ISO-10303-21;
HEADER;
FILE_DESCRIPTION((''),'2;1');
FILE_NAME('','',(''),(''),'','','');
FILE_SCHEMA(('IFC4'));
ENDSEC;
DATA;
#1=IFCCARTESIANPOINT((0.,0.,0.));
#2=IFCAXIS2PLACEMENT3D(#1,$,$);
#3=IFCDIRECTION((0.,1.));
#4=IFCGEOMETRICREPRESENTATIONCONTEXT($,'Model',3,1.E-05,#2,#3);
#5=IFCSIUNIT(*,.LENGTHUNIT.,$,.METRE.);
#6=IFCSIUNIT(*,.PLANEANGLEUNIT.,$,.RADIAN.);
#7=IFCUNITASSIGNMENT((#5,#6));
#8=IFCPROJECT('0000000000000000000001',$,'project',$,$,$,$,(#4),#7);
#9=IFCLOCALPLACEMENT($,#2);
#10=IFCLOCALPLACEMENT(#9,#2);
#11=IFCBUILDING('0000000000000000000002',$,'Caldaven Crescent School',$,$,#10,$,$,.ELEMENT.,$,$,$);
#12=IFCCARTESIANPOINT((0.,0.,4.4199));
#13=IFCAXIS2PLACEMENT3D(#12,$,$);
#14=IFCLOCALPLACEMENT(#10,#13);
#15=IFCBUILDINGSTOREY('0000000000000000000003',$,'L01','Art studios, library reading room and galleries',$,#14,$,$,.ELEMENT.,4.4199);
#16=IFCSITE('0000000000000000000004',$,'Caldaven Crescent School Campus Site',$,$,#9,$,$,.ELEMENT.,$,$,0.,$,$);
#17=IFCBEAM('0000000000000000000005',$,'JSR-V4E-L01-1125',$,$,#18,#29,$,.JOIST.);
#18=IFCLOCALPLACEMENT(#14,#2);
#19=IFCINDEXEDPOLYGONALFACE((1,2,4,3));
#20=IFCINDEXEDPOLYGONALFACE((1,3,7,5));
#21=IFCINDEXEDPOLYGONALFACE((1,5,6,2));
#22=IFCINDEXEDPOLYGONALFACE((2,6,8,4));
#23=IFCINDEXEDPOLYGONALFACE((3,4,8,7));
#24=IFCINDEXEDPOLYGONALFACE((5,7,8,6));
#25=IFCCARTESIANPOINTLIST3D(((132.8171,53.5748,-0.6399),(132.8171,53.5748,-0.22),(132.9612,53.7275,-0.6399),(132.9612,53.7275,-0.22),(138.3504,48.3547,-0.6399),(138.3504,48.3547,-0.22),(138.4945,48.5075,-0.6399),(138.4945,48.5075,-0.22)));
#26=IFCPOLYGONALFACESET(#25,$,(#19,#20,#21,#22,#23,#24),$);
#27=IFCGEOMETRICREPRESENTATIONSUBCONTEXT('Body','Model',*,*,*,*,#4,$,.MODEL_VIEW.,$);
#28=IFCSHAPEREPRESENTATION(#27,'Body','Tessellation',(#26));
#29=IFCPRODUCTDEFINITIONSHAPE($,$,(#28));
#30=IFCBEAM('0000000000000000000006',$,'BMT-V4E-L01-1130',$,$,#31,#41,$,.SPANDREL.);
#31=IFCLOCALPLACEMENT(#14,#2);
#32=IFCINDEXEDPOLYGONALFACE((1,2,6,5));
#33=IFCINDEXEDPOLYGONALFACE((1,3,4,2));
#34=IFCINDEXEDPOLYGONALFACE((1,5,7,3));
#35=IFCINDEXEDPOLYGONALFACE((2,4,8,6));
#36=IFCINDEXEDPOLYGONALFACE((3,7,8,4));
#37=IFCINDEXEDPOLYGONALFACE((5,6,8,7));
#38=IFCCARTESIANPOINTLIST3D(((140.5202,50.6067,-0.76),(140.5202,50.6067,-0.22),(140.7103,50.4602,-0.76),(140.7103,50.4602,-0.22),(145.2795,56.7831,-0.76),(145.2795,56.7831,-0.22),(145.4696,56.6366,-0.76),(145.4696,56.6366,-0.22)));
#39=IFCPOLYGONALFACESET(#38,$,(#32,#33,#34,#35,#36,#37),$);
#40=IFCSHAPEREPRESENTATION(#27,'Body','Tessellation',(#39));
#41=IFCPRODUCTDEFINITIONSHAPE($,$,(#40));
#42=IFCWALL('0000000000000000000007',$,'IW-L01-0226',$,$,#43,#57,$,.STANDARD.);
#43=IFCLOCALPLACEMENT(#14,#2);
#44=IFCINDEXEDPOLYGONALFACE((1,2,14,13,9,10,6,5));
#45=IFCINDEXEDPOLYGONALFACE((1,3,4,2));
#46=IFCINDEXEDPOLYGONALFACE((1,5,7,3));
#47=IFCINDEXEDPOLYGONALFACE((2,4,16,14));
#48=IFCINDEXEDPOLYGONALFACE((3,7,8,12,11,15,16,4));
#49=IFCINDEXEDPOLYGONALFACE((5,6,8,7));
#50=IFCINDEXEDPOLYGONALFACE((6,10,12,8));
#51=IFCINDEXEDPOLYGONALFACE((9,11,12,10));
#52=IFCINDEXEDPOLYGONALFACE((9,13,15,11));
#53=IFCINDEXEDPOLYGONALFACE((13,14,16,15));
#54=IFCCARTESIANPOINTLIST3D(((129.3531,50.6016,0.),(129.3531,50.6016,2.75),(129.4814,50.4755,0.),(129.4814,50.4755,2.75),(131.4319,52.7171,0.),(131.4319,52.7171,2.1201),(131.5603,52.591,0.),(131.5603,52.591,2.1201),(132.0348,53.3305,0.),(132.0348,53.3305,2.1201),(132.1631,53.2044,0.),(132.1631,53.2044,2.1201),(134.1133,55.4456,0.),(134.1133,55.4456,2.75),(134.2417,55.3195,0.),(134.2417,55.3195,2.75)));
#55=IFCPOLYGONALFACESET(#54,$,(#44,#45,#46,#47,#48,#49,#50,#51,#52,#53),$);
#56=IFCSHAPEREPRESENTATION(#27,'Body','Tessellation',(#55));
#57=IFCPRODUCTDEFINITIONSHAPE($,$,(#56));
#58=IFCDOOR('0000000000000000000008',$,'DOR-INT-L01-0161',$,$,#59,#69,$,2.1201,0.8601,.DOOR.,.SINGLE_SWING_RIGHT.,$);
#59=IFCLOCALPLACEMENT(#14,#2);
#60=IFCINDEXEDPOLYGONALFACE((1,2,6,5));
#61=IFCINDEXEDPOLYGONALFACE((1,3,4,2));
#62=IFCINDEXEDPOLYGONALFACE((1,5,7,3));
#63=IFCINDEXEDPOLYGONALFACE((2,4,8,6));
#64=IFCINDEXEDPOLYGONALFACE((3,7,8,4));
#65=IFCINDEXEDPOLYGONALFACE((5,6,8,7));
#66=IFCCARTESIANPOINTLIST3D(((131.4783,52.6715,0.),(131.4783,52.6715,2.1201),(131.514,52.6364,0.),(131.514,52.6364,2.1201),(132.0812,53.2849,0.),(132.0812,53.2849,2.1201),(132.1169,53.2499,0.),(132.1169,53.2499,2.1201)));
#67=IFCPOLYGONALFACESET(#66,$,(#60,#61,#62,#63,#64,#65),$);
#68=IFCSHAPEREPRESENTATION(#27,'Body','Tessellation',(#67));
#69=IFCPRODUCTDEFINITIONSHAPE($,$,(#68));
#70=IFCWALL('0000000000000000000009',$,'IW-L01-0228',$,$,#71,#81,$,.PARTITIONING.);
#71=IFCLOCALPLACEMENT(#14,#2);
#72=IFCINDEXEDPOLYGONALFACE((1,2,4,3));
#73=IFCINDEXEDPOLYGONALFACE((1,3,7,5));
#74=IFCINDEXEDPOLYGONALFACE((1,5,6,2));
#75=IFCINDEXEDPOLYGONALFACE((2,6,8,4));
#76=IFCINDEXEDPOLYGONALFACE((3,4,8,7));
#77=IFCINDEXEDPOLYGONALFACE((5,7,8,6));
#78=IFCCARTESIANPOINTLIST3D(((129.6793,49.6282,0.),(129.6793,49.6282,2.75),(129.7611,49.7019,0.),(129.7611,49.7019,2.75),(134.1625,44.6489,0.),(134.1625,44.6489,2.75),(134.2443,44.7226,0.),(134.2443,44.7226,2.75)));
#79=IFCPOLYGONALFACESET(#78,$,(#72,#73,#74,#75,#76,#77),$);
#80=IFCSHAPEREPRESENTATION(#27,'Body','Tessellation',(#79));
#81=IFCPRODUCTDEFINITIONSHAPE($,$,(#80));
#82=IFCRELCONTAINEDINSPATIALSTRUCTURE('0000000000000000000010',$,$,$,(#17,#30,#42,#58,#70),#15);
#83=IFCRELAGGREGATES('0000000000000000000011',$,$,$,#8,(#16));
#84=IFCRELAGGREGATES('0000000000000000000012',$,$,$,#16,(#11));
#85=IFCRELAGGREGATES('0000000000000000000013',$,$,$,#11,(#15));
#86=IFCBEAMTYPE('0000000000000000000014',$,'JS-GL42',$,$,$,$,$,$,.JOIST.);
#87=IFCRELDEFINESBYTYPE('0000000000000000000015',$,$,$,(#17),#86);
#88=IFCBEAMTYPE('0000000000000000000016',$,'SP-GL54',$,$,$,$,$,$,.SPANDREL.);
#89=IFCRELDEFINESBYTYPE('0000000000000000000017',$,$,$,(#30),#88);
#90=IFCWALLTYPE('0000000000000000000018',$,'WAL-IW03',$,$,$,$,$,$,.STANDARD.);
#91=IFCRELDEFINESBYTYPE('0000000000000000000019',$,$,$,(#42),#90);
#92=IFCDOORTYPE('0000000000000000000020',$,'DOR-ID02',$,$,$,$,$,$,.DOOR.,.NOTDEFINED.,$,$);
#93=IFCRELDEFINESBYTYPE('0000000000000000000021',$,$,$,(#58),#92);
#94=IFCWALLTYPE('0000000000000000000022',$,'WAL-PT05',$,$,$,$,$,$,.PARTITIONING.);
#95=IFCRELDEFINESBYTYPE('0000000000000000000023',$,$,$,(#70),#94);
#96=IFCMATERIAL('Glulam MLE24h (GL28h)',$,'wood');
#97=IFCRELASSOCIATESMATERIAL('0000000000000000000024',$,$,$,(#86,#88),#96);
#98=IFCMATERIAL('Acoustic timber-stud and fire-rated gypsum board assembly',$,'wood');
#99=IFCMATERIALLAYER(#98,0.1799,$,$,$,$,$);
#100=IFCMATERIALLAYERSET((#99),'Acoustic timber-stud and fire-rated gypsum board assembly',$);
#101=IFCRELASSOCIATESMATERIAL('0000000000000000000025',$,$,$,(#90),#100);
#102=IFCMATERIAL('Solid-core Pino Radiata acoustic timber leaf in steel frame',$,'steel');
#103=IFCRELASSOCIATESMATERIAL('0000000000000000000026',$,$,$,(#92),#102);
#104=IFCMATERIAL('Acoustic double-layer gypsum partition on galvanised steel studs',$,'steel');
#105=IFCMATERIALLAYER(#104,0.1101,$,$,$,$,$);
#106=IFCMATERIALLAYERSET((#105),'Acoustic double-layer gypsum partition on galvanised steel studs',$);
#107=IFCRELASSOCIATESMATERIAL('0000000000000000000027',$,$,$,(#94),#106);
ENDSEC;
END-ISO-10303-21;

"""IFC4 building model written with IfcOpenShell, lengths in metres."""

from ifc_helpers import new_model, si_unit, direction, frame, frame_2d, origin, origin_2d, place, context, subcontext, project, spatial, rectangle, extrude, material, layer, layer_set, material_profile, profile_set, type_object, element, fill, save


model = new_model("IFC4")

# Units and contexts
model_context = context("Model", 3, precision=1e-05, world=origin(), true_north=direction((0.0, 1.0)))
body_context = subcontext(model_context, "Body", "Model", "MODEL_VIEW")
ifc_project = project(units=[si_unit("LENGTHUNIT", "METRE"), si_unit("PLANEANGLEUNIT", "RADIAN")], contexts=[model_context])

# Site, building, storey
site_placement = place(None, origin())
site = spatial("IfcSite", under=ifc_project, at=site_placement, Name="Caldaven Crescent School Campus Site", CompositionType="ELEMENT", RefElevation=0.0)
building_placement = place(site_placement, origin())
building = spatial("IfcBuilding", under=site, at=building_placement, Name="Caldaven Crescent School", CompositionType="ELEMENT")
storey_placement = place(building_placement, frame((0.0, 0.0, 4.4199)))
storey = spatial("IfcBuildingStorey", under=building, at=storey_placement, Name="L01", Description="Art studios, library reading room and galleries", CompositionType="ELEMENT", Elevation=4.4199)

# Shared definitions
ifc_material_1 = material(Name="Glulam MLE24h (GL28h)", Category="wood")

# Beams
ifc_material_profile_1 = material_profile(ifc_material_1, rectangle(XDim=0.21, YDim=0.4199, at=origin_2d()), Name="MLE 210x420")
ifc_profile_set_1 = profile_set([ifc_material_profile_1], Name="Glulam MLE24h (GL28h)")
beam_type_1 = type_object("IfcBeamType", Name="JS-GL42", PredefinedType="JOIST", material=ifc_profile_set_1)
for number, where, z_axis, x_axis, name in (
    (1, (132.8892, 53.6511, -0.4299), (0.727396, -0.686218, 0.0), (0.686218, 0.727396, 0.0), "JSR-V4E-L01-1125"),
):
    element("IfcBeam", number, at=place(storey_placement, frame(where, z_axis=z_axis, x_axis=x_axis)), inside=storey, type_object=beam_type_1, Name=name, PredefinedType="JOIST", context=body_context, shape_type="SweptSolid", body=[
        extrude(rectangle(XDim=0.21, YDim=0.4199, at=origin_2d()), origin(), (0.0, 0.0, 1.0), 7.6069),
    ])
ifc_material_profile_2 = material_profile(ifc_material_1, rectangle(XDim=0.24, YDim=0.54, at=origin_2d()), Name="MLE 240x540")
ifc_profile_set_2 = profile_set([ifc_material_profile_2], Name="Glulam MLE24h (GL28h)")
beam_type_2 = type_object("IfcBeamType", Name="SP-GL54", PredefinedType="SPANDREL", material=ifc_profile_set_2)
beam_1_placement = place(storey_placement, frame((140.6152, 50.5334, -0.49), z_axis=(0.610379, 0.792109, 0.0), x_axis=(-0.792109, 0.610379, 0.0)))
element("IfcBeam", 2, at=beam_1_placement, inside=storey, type_object=beam_type_2, Name="BMT-V4E-L01-1130", PredefinedType="SPANDREL", context=body_context, shape_type="SweptSolid", body=[
    extrude(rectangle(XDim=0.24, YDim=0.54, at=origin_2d()), origin(), (0.0, 0.0, 1.0), 7.7974),
])

# Wall, opening, door
ifc_material_2 = material(Name="Acoustic timber-stud and fire-rated gypsum board assembly", Category="wood")
ifc_layer_1 = layer(ifc_material_2, 0.1799)
ifc_layer_set_1 = layer_set([ifc_layer_1], Name="Acoustic timber-stud and fire-rated gypsum board assembly")
wall_type_1 = type_object("IfcWallType", Name="WAL-IW03", PredefinedType="STANDARD", material=ifc_layer_set_1)
wall_1_placement = place(storey_placement, frame((129.4172, 50.5386, 0.0), z_axis=(0.0, 0.0, 1.0), x_axis=(0.700915, 0.713245, 0.0)))
wall_1 = element("IfcWall", 3, at=wall_1_placement, inside=storey, type_object=wall_type_1, Name="IW-L01-0226", PredefinedType="STANDARD", context=body_context, shape_type="SweptSolid", body=[
    extrude(rectangle(XDim=6.7915, YDim=0.1799, at=frame_2d((3.3958, 0.0))), origin(), (0.0, 0.0, 1.0), 2.75),
])
opening_placement = place(wall_1_placement, frame((2.9658, 0.0, 0.0)))
opening = element("IfcOpeningElement", 4, at=opening_placement, cuts=wall_1, PredefinedType="OPENING", context=body_context, shape_type="SweptSolid", body=[
    extrude(rectangle(XDim=0.8601, YDim=2.1201, at=frame_2d((0.4302, 1.0601))), frame((0.0, 0.0999, 0.0), z_axis=(0.0, -1.0, 0.0), x_axis=(1.0, 0.0, 0.0)), (0.0, 0.0, 1.0), 0.2),
])
ifc_material_3 = material(Name="Solid-core Pino Radiata acoustic timber leaf in steel frame", Category="steel")
door_type = type_object("IfcDoorType", Name="DOR-ID02", OperationType="NOTDEFINED", PredefinedType="DOOR", material=ifc_material_3)
door_placement = place(opening_placement, origin())
door = element("IfcDoor", 5, at=door_placement, inside=storey, type_object=door_type, Name="DOR-INT-L01-0161", OperationType="SINGLE_SWING_RIGHT", OverallHeight=2.1201, OverallWidth=0.8601, PredefinedType="DOOR", context=body_context, shape_type="SweptSolid", body=[
    extrude(rectangle(XDim=0.8601, YDim=2.1201, at=frame_2d((0.4302, 1.0601))), frame((0.0, 0.0249, 0.0), z_axis=(0.0, -1.0, 0.0), x_axis=(1.0, 0.0, 0.0)), (0.0, 0.0, 1.0), 0.05),
])
fill(opening, door)

# Wall
ifc_material_4 = material(Name="Acoustic double-layer gypsum partition on galvanised steel studs", Category="steel")
ifc_layer_2 = layer(ifc_material_4, 0.1101)
ifc_layer_set_2 = layer_set([ifc_layer_2], Name="Acoustic double-layer gypsum partition on galvanised steel studs")
wall_type_2 = type_object("IfcWallType", Name="WAL-PT05", PredefinedType="PARTITIONING", material=ifc_layer_set_2)
wall_2_placement = place(storey_placement, frame((129.7202, 49.665, 0.0), z_axis=(0.0, 0.0, 1.0), x_axis=(0.669116, -0.743158, 0.0)))
element("IfcWall", 6, at=wall_2_placement, inside=storey, type_object=wall_type_2, Name="IW-L01-0228", PredefinedType="PARTITIONING", context=body_context, shape_type="SweptSolid", body=[
    extrude(rectangle(XDim=6.7002, YDim=0.1101, at=frame_2d((3.3501, 0.0))), origin(), (0.0, 0.0, 1.0), 2.75),
])

save(model, "model.ifc")
